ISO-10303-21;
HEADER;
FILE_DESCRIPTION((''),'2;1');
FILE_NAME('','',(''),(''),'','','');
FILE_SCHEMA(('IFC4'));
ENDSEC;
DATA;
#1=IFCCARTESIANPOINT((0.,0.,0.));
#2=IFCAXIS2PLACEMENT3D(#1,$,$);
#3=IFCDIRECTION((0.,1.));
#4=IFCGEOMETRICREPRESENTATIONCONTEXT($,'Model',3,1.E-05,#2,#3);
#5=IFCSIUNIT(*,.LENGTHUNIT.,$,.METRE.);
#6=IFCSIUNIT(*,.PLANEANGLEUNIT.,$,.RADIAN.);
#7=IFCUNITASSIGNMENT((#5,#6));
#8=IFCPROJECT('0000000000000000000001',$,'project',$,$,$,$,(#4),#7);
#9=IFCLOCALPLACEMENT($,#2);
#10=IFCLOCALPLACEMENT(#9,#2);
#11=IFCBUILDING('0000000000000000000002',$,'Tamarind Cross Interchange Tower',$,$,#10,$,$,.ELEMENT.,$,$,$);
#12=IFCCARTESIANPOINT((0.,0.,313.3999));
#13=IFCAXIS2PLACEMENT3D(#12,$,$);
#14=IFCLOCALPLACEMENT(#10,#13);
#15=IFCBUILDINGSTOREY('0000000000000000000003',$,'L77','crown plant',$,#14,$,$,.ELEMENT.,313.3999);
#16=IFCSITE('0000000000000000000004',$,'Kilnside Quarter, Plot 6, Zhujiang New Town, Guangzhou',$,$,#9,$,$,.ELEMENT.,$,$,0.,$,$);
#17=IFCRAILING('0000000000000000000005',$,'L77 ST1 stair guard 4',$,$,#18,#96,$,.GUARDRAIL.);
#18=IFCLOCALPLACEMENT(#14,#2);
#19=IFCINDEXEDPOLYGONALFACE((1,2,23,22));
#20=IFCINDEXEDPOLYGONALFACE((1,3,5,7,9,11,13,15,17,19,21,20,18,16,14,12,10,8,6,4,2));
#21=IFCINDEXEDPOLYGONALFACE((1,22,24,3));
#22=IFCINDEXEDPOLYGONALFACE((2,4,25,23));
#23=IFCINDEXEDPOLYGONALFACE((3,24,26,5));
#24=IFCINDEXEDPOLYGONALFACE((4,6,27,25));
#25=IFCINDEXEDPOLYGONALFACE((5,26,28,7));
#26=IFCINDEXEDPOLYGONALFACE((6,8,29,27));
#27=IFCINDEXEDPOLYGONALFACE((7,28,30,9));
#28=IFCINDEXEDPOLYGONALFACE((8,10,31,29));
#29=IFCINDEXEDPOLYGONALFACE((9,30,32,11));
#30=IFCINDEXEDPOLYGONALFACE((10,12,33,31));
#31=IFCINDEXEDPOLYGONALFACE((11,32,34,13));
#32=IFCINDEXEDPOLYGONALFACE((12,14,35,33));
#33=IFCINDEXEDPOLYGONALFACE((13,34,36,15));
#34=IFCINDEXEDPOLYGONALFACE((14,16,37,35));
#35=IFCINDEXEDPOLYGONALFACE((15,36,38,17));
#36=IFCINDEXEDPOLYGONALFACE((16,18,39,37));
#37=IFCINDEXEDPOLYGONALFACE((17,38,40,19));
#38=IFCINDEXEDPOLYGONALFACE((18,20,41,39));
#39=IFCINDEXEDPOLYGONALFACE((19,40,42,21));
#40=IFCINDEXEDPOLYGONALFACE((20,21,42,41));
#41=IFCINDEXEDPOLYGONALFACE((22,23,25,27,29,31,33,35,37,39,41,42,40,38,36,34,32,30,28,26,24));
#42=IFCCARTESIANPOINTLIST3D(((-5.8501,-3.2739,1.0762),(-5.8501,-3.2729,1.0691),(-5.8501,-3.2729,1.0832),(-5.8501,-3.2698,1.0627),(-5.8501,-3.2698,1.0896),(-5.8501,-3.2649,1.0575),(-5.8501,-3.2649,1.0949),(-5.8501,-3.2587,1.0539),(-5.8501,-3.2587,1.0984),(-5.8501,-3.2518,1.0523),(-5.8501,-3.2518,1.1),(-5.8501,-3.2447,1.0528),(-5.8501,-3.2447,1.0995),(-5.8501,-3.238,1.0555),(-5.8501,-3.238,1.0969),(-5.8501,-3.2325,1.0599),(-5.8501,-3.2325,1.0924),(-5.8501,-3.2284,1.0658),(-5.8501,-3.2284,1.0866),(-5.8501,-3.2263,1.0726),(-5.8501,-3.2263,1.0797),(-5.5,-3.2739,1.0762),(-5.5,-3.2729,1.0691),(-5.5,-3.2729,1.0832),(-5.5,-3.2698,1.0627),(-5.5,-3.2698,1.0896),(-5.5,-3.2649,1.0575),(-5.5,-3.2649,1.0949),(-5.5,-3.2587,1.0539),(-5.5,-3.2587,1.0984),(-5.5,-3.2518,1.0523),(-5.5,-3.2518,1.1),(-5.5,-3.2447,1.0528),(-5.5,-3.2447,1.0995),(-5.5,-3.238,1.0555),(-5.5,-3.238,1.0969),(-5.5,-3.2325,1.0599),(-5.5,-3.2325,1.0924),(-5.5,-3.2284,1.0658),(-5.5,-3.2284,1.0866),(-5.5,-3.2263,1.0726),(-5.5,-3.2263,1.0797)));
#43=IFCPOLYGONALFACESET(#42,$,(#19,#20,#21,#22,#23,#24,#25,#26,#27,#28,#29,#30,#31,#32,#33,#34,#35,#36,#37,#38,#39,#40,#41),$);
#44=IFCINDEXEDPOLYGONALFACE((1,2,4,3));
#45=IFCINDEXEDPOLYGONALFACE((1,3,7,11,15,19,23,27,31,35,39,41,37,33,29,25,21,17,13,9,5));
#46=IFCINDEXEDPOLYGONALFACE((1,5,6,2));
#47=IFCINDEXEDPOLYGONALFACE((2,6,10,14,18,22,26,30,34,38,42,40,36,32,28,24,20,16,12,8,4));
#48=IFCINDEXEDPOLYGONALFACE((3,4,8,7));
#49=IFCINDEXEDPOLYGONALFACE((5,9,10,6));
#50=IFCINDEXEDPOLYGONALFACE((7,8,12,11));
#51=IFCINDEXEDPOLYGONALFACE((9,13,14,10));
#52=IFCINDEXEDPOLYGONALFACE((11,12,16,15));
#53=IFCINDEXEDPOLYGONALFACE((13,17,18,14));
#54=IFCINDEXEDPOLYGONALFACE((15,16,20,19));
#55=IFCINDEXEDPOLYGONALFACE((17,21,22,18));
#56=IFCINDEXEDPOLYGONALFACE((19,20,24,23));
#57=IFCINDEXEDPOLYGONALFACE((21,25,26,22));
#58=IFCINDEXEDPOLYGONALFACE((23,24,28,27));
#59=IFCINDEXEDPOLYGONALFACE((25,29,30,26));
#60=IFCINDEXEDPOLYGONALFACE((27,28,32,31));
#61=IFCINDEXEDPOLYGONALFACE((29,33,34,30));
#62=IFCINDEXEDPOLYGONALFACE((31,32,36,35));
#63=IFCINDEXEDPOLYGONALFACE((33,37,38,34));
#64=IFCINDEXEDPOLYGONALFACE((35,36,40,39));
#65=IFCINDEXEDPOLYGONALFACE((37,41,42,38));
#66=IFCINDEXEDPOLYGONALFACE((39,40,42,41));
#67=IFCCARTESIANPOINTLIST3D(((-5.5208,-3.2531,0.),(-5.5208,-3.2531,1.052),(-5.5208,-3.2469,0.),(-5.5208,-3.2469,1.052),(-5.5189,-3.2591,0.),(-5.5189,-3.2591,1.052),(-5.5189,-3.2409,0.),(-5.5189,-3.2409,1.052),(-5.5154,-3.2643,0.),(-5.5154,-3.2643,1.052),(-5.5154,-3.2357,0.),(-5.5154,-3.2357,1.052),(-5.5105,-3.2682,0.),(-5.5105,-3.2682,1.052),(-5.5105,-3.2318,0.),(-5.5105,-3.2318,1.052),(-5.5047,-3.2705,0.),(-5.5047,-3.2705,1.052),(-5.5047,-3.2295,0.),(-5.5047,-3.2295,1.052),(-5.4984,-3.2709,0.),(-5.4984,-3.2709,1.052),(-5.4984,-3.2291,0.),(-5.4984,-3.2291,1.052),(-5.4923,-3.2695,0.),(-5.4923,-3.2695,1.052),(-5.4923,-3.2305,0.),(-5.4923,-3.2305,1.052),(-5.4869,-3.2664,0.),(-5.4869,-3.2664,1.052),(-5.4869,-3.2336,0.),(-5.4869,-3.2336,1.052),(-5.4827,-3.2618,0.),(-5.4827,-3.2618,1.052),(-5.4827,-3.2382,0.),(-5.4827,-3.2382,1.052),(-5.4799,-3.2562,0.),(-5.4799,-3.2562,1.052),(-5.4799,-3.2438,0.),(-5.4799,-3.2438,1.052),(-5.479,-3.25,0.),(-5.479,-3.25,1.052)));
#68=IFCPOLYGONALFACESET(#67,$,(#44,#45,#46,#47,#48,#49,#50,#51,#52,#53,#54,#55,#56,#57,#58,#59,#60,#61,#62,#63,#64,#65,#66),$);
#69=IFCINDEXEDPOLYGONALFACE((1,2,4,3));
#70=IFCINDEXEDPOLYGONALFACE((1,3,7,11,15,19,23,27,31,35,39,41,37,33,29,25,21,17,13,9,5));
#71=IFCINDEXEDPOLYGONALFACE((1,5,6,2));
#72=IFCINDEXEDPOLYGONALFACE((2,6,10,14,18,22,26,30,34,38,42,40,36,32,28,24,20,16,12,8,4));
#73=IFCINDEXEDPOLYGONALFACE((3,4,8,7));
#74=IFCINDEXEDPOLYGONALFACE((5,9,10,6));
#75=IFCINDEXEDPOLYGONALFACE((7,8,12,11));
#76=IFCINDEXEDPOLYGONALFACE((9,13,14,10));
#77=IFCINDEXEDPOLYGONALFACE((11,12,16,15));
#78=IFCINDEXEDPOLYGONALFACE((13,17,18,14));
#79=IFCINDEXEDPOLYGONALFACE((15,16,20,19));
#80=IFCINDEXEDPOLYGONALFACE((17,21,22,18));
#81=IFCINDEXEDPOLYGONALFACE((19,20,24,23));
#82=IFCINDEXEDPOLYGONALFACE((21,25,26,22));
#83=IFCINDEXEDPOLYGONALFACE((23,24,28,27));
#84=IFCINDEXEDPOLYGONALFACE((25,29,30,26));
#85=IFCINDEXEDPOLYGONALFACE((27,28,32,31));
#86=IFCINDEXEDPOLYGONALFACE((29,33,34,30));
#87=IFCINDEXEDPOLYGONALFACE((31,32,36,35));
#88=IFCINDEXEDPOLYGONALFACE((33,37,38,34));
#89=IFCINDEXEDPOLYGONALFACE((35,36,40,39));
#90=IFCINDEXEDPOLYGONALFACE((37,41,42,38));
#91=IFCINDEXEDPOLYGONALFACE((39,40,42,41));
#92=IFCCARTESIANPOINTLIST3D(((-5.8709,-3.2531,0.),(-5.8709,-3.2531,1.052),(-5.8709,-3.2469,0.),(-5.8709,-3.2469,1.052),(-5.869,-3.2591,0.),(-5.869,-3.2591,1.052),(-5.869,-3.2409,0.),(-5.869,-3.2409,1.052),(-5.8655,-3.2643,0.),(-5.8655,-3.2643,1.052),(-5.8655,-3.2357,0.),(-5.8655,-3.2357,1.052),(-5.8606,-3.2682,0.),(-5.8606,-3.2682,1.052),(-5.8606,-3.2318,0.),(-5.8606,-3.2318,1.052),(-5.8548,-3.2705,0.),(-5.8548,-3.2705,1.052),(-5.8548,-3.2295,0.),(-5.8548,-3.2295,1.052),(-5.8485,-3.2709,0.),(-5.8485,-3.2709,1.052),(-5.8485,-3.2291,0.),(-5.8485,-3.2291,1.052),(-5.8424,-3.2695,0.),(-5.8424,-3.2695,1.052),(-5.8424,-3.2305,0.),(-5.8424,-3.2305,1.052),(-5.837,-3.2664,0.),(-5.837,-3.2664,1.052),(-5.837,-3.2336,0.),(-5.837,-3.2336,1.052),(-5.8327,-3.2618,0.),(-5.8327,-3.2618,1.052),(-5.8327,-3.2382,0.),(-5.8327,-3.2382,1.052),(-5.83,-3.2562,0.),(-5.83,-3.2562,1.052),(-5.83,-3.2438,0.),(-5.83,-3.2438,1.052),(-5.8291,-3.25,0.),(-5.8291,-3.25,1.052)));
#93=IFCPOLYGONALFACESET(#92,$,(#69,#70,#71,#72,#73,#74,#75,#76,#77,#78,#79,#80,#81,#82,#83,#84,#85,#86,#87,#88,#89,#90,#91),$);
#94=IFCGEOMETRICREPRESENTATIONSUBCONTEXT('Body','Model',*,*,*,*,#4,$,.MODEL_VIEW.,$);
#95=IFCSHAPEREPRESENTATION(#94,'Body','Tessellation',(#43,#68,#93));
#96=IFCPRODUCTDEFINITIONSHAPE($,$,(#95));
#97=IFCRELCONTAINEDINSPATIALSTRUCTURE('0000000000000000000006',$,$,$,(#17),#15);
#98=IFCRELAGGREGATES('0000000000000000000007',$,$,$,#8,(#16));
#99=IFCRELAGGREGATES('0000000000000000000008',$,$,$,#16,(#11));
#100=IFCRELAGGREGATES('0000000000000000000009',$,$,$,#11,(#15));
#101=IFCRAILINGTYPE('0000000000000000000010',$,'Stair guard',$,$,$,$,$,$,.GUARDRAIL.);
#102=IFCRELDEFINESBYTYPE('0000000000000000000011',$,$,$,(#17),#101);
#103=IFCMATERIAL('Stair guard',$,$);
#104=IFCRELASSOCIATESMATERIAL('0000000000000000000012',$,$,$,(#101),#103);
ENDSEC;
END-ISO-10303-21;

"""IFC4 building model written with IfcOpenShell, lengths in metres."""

from ifc_helpers import new_model, si_unit, direction, frame, origin, origin_2d, place, context, subcontext, project, spatial, circle, extrude, material, type_object, element, save


model = new_model("IFC4")

# Units and contexts
model_context = context("Model", 3, precision=1e-05, world=origin(), true_north=direction((0.0, 1.0)))
body_context = subcontext(model_context, "Body", "Model", "MODEL_VIEW")
ifc_project = project(units=[si_unit("LENGTHUNIT", "METRE"), si_unit("PLANEANGLEUNIT", "RADIAN")], contexts=[model_context])

# Site, building, storey
site_placement = place(None, origin())
site = spatial("IfcSite", under=ifc_project, at=site_placement, Name="Kilnside Quarter, Plot 6, Zhujiang New Town, Guangzhou", CompositionType="ELEMENT", RefElevation=0.0)
building_placement = place(site_placement, origin())
building = spatial("IfcBuilding", under=site, at=building_placement, Name="Tamarind Cross Interchange Tower", CompositionType="ELEMENT")
storey_placement = place(building_placement, frame((0.0, 0.0, 313.3999)))
storey = spatial("IfcBuildingStorey", under=building, at=storey_placement, Name="L77", Description="crown plant", CompositionType="ELEMENT", Elevation=313.3999)

# Railing
ifc_material_1 = material(Name="Stair guard")
railing_type_1 = type_object("IfcRailingType", Name="Stair guard", PredefinedType="GUARDRAIL", material=ifc_material_1)
railing_1_placement = place(storey_placement, frame((-5.5, -3.25, 0.0)))
element("IfcRailing", 1, at=railing_1_placement, inside=storey, type_object=railing_type_1, Name="L77 ST1 stair guard 4", PredefinedType="GUARDRAIL", context=body_context, shape_type="SweptSolid", body=[
    extrude(circle(Radius=0.0239, at=origin_2d()), frame((0.0, 0.0, 1.0762), z_axis=(-1.0, 0.0, 0.0), x_axis=(0.0, -1.0, 0.0)), (0.0, 0.0, 1.0), 0.3501),
    extrude(circle(Radius=0.021, at=origin_2d()), origin(), (0.0, 0.0, 1.0), 1.052),
    extrude(circle(Radius=0.021, at=origin_2d()), frame((-0.3501, 0.0, 0.0)), (0.0, 0.0, 1.0), 1.052),
])

save(model, "model.ifc")
